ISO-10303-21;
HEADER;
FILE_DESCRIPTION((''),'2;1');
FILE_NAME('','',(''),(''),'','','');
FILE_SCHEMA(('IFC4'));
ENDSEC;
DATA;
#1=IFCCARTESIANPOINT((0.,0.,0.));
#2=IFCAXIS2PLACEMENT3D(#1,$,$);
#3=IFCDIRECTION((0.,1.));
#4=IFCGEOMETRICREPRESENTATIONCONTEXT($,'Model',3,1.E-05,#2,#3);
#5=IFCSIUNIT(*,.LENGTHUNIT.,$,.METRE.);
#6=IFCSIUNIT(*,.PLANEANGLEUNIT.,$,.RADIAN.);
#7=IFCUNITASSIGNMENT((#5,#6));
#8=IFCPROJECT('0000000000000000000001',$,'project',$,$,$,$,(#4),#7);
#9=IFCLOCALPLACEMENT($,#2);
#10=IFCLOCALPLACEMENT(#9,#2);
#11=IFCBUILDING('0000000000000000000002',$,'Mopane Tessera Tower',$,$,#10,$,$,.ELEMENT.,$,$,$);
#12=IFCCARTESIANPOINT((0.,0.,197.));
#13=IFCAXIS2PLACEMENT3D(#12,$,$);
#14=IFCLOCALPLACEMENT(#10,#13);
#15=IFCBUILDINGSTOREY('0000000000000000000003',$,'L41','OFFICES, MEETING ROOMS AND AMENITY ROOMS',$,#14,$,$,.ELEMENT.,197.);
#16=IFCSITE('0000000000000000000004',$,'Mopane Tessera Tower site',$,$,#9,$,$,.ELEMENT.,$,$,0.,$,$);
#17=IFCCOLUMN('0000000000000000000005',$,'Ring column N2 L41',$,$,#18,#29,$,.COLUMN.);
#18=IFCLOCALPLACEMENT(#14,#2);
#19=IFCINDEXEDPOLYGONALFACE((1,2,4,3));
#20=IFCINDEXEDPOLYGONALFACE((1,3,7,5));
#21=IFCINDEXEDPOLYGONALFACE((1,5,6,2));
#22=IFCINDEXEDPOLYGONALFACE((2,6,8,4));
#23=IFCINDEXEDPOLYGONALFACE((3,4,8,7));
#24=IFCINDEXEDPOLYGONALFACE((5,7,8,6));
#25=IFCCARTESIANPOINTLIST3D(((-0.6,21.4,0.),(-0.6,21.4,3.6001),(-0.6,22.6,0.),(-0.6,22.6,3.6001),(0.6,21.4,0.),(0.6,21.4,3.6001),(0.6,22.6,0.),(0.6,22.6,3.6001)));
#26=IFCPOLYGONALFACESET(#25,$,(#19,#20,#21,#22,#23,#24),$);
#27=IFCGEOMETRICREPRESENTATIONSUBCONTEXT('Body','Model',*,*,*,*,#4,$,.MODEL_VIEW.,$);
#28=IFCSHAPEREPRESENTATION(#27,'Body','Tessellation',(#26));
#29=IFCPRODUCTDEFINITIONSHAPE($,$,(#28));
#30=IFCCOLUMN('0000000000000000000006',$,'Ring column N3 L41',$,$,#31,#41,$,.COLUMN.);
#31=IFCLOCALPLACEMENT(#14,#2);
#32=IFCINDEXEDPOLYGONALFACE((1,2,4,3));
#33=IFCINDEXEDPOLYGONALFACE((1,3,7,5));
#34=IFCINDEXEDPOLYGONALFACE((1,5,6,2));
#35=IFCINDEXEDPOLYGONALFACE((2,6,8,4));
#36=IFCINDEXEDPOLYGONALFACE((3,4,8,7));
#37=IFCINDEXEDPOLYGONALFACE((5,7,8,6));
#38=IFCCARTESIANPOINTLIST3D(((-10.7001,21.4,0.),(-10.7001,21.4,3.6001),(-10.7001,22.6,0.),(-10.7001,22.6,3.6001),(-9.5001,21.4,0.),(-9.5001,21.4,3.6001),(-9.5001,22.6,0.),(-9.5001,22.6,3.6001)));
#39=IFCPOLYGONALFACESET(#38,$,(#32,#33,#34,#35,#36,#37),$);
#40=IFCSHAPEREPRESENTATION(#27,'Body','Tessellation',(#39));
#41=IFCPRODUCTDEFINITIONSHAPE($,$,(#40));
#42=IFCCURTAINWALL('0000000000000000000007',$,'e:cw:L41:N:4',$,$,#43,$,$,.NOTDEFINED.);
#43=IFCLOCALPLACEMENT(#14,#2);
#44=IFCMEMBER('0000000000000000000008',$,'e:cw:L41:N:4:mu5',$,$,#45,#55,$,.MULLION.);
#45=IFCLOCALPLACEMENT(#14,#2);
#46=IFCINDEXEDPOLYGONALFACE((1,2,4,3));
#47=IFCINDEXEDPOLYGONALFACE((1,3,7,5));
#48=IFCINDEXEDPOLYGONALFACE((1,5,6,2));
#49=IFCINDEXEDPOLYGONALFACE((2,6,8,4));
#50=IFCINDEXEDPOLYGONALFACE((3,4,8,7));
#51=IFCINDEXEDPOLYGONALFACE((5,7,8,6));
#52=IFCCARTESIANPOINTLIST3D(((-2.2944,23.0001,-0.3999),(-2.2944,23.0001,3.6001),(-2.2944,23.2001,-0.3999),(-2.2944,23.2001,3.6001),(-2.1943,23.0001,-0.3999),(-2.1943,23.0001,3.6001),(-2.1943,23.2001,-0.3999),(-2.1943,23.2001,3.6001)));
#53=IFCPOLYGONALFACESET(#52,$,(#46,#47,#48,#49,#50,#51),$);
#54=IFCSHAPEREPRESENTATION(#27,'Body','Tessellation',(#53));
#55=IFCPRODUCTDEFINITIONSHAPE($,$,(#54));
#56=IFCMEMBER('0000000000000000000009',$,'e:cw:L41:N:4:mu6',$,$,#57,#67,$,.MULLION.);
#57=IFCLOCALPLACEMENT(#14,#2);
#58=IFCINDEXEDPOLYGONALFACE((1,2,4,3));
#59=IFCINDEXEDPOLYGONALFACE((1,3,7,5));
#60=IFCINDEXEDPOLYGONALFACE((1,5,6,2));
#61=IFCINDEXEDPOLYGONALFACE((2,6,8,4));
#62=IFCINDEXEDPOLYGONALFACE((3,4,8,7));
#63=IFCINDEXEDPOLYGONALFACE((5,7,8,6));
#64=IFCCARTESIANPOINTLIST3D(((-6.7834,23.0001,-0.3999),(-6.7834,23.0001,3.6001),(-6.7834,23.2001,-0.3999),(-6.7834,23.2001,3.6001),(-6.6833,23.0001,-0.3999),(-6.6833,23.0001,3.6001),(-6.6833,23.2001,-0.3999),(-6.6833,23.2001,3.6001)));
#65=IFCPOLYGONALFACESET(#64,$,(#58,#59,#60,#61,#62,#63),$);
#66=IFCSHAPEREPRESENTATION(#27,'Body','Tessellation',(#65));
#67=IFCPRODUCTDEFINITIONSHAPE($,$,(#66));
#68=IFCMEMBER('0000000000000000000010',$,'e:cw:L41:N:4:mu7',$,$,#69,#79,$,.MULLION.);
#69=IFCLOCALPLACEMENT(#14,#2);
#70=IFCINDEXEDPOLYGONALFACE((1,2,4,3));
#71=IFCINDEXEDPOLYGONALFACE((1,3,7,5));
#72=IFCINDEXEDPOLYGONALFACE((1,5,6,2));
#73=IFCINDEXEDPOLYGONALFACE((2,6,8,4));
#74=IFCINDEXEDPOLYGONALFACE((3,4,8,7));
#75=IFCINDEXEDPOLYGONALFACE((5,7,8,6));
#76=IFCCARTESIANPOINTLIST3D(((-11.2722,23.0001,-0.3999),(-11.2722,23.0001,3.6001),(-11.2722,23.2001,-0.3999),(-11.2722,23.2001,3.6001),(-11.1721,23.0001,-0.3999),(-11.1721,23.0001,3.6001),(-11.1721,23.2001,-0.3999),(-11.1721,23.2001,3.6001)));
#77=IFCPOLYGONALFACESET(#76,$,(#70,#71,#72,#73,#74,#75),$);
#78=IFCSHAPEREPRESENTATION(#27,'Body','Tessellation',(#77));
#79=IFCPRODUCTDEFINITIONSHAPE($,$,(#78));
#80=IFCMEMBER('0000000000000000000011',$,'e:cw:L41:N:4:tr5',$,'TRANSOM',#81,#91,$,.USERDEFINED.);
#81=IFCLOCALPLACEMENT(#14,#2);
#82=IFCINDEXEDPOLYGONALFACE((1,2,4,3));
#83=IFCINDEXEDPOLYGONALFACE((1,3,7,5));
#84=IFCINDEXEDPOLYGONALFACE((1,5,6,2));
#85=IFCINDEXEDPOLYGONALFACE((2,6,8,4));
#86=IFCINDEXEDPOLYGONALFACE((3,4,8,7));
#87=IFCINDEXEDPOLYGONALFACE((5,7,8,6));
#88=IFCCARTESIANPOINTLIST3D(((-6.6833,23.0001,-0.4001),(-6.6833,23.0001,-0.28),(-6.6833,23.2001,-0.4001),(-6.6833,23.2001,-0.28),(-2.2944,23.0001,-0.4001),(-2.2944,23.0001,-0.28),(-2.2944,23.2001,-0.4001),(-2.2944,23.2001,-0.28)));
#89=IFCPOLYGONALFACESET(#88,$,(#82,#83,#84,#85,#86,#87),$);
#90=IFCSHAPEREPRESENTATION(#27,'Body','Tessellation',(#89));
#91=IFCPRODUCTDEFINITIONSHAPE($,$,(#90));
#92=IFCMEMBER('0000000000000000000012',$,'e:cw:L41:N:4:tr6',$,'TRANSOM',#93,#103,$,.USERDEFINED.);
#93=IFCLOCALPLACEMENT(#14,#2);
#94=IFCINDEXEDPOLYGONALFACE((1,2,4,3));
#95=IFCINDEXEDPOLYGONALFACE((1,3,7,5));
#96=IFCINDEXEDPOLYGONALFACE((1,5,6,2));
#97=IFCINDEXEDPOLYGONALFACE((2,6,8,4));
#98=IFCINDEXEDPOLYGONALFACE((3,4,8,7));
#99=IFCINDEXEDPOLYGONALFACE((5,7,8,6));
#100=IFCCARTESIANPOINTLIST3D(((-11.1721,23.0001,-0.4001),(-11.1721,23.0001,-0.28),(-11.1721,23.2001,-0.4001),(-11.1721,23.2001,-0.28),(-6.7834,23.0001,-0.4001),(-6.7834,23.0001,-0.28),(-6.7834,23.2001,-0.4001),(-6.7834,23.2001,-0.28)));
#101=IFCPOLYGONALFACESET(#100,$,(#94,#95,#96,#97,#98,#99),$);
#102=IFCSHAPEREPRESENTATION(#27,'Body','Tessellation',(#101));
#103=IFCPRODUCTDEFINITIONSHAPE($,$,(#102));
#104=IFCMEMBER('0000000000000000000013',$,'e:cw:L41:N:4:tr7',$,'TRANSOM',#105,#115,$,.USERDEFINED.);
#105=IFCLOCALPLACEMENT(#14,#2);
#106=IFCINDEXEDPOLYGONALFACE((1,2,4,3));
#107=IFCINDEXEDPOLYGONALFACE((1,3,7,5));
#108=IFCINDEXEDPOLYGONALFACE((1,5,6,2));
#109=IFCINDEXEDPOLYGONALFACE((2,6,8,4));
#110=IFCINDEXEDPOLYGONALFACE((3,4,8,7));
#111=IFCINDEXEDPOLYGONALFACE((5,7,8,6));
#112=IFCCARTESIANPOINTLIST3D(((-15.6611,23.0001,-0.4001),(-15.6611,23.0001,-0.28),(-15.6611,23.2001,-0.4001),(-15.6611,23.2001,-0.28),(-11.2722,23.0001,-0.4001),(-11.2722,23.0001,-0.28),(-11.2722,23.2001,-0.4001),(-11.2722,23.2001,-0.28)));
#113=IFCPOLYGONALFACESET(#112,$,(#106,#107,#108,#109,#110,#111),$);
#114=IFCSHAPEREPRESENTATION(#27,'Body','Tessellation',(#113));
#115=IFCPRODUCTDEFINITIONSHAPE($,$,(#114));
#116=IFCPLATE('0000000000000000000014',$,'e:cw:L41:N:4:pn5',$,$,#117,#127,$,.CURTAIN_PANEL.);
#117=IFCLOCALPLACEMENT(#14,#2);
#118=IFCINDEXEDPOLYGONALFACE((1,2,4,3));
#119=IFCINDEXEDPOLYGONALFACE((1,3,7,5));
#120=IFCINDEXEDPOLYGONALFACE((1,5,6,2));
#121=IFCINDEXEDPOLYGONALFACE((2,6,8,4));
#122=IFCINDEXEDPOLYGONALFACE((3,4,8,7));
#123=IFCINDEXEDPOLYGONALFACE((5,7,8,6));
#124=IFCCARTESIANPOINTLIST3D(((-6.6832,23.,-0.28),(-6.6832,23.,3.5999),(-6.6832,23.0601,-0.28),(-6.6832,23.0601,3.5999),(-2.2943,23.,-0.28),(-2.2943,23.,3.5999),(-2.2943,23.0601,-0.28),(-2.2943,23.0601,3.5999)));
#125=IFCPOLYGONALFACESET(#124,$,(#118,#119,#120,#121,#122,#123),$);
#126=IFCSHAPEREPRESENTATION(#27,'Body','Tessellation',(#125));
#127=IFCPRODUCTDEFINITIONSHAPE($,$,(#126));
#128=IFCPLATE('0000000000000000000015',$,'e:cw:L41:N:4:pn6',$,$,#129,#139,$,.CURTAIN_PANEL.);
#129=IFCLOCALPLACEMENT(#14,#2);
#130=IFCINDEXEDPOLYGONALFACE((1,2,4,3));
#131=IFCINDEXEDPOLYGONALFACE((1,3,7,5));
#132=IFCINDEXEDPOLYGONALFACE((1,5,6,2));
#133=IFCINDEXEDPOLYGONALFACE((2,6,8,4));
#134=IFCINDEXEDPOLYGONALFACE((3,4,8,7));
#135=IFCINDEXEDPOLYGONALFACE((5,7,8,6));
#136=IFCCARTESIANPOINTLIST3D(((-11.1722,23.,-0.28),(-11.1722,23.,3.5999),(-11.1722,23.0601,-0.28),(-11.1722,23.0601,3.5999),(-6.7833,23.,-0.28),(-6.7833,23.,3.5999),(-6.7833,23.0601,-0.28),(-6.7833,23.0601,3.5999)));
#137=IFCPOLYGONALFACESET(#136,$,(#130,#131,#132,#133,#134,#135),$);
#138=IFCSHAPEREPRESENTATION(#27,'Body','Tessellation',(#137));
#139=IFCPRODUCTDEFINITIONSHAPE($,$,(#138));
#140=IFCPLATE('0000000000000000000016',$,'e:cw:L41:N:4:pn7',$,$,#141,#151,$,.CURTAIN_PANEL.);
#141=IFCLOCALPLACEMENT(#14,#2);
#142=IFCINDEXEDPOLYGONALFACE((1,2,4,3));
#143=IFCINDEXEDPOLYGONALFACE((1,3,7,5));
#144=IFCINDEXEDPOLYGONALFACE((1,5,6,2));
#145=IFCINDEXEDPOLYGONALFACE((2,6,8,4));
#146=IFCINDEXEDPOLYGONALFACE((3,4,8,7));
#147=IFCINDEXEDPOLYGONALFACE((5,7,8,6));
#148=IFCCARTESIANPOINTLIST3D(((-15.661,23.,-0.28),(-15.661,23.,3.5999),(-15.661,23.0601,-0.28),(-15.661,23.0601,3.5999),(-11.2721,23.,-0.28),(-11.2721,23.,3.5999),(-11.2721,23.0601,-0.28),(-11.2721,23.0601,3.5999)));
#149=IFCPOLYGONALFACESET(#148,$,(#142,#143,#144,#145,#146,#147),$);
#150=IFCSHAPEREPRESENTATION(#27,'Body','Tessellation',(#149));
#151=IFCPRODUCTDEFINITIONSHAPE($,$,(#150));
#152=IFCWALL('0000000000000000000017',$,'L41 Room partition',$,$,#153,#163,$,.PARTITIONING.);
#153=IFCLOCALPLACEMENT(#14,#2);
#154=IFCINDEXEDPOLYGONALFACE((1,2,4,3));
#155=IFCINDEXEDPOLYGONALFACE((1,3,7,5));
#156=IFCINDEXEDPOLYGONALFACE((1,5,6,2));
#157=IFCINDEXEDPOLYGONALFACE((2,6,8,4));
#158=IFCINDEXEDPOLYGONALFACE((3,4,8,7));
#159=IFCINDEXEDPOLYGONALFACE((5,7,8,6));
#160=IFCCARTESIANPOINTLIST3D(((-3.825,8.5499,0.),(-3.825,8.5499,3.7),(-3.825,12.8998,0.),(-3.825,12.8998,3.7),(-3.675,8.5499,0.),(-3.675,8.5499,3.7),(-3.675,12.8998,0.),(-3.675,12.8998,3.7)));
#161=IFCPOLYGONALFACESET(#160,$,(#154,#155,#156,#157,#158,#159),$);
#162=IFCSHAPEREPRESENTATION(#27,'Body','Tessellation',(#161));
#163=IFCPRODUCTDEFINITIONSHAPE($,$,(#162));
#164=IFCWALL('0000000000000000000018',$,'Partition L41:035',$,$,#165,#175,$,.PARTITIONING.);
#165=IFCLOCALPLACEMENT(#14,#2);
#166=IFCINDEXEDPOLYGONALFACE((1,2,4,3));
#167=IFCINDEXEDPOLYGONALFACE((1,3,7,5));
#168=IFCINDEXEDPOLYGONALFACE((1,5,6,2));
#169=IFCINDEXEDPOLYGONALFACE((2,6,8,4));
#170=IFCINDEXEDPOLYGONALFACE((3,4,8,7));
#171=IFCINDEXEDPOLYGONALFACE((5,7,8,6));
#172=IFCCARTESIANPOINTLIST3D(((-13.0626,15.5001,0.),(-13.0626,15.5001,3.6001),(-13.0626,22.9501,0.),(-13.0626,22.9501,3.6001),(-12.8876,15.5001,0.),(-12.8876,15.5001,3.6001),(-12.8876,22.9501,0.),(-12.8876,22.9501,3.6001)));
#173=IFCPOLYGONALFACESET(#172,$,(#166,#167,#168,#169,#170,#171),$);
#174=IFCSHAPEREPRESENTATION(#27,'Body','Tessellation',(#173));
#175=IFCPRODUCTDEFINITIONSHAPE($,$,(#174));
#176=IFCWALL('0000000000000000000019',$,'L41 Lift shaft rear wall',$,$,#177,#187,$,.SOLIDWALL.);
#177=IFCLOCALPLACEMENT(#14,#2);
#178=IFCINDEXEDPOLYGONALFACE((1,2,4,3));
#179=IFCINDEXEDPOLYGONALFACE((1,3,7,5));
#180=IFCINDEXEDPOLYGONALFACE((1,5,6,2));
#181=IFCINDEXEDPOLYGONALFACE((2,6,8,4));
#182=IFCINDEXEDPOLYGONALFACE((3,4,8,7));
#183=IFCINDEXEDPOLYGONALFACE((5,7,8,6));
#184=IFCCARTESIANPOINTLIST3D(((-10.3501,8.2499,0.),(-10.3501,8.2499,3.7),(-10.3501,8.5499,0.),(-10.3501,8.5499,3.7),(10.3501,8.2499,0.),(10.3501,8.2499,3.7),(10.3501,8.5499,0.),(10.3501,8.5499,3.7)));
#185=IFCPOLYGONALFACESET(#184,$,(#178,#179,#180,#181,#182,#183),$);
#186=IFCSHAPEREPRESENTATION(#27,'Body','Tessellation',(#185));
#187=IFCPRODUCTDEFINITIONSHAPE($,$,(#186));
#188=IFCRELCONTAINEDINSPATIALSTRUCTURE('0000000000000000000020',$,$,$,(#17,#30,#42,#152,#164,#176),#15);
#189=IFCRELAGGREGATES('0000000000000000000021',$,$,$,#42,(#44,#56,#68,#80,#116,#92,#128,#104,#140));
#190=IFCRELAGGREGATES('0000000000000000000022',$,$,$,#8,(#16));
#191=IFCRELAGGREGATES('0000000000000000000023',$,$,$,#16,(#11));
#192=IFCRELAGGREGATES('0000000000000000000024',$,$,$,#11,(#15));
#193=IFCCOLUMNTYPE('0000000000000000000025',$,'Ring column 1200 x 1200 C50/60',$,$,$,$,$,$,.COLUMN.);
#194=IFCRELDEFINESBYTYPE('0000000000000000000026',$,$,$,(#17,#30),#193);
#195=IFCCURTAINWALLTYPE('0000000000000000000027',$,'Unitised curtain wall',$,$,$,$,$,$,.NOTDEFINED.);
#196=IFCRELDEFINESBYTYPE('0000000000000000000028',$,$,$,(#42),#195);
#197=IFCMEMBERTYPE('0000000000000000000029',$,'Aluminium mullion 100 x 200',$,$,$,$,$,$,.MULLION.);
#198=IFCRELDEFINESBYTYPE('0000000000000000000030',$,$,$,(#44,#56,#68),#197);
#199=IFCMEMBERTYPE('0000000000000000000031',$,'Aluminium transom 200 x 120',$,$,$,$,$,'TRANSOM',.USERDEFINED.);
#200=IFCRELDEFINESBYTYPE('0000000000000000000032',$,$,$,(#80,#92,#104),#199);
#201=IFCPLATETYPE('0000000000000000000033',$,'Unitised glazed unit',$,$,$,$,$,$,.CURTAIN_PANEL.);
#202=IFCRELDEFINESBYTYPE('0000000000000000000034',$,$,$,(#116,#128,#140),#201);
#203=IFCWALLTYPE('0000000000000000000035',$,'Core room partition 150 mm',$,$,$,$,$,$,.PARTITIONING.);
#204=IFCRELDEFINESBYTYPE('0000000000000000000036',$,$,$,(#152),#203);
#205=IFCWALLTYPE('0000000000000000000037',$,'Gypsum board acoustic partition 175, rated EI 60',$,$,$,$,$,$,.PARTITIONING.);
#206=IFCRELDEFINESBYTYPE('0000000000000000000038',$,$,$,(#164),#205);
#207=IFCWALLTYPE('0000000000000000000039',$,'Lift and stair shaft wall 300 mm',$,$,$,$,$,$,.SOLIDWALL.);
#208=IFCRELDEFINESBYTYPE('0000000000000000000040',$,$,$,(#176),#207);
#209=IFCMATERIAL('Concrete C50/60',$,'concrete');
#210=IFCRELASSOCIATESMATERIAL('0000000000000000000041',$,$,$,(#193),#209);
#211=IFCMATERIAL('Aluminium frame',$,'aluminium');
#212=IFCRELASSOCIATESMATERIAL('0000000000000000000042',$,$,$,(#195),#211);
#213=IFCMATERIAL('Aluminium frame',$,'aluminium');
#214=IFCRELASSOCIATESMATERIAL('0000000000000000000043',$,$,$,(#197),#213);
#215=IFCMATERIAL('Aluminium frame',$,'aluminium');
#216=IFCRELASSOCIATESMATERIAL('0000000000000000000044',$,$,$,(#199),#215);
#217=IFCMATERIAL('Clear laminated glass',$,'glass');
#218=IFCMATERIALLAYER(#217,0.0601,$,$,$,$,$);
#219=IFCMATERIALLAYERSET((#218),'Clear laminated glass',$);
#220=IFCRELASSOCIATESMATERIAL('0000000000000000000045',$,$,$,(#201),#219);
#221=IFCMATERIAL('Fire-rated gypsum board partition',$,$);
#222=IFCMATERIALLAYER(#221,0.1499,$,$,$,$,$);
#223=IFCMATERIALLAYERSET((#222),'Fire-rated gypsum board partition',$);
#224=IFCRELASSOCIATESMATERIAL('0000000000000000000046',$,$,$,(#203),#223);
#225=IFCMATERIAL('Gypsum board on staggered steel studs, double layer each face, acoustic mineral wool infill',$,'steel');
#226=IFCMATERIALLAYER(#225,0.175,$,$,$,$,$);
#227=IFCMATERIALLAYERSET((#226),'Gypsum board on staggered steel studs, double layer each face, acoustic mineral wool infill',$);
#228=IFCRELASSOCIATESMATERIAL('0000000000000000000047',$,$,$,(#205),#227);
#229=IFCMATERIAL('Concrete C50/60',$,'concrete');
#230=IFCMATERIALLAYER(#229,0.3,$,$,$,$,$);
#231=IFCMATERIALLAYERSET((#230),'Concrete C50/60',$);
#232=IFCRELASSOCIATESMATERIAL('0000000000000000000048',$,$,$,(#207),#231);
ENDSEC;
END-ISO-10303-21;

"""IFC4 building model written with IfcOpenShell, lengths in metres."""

from ifc_helpers import new_model, si_unit, direction, frame, frame_2d, origin, origin_2d, place, context, subcontext, project, spatial, rectangle, extrude, material, layer, layer_set, material_profile, profile_set, type_object, element, aggregate, save


model = new_model("IFC4")

# Units and contexts
model_context = context("Model", 3, precision=1e-05, world=origin(), true_north=direction((0.0, 1.0)))
body_context = subcontext(model_context, "Body", "Model", "MODEL_VIEW")
ifc_project = project(units=[si_unit("LENGTHUNIT", "METRE"), si_unit("PLANEANGLEUNIT", "RADIAN")], contexts=[model_context])

# Site, building, storey
site_placement = place(None, origin())
site = spatial("IfcSite", under=ifc_project, at=site_placement, Name="Mopane Tessera Tower site", CompositionType="ELEMENT", RefElevation=0.0)
building_placement = place(site_placement, origin())
building = spatial("IfcBuilding", under=site, at=building_placement, Name="Mopane Tessera Tower", CompositionType="ELEMENT")
storey_placement = place(building_placement, frame((0.0, 0.0, 197.0)))
storey = spatial("IfcBuildingStorey", under=building, at=storey_placement, Name="L41", Description="OFFICES, MEETING ROOMS AND AMENITY ROOMS", CompositionType="ELEMENT", Elevation=197.0)

# Columns
ifc_material_1 = material(Name="Concrete C50/60", Category="concrete")
ifc_material_profile_1 = material_profile(ifc_material_1, rectangle(XDim=1.2, YDim=1.2, at=origin_2d()))
ifc_profile_set_1 = profile_set([ifc_material_profile_1], Name="Concrete C50/60")
column_type = type_object("IfcColumnType", Name="Ring column 1200 x 1200 C50/60", PredefinedType="COLUMN", material=ifc_profile_set_1)
for number, where, z_axis, x_axis, name in (
    (1, (0.0, 22.0, 0.0), (0.0, 0.0, 1.0), (1.0, 0.0, 0.0), "Ring column N2 L41"),
    (2, (-10.1001, 22.0, 0.0), (0.0, 0.0, 1.0), (1.0, 0.0, 0.0), "Ring column N3 L41"),
):
    element("IfcColumn", number, at=place(storey_placement, frame(where, z_axis=z_axis, x_axis=x_axis)), inside=storey, type_object=column_type, Name=name, PredefinedType="COLUMN", context=body_context, shape_type="SweptSolid", body=[
        extrude(rectangle(XDim=1.2, YDim=1.2, at=origin_2d()), origin(), (0.0, 0.0, 1.0), 3.6001),
    ])

# Curtain wall, members, plates
ifc_material_2 = material(Name="Aluminium frame", Category="aluminium")
curtain_wall_type = type_object("IfcCurtainWallType", Name="Unitised curtain wall", PredefinedType="NOTDEFINED", material=ifc_material_2)
curtain_wall_placement = place(storey_placement, origin())
curtain_wall = element("IfcCurtainWall", 3, at=curtain_wall_placement, inside=storey, type_object=curtain_wall_type, Name="e:cw:L41:N:4", PredefinedType="NOTDEFINED")
ifc_material_3 = material(Name="Aluminium frame", Category="aluminium")
ifc_material_profile_2 = material_profile(ifc_material_3, rectangle(XDim=0.1001, YDim=0.2, at=origin_2d()))
ifc_profile_set_2 = profile_set([ifc_material_profile_2], Name="Aluminium frame")
member_type_1 = type_object("IfcMemberType", Name="Aluminium mullion 100 x 200", PredefinedType="MULLION", material=ifc_profile_set_2)
member_1_placement = place(storey_placement, frame((-2.2444, 23.1001, -0.3999), z_axis=(0.0, 0.0, 1.0), x_axis=(-1.0, 0.0, 0.0)))
member_1 = element("IfcMember", 4, at=member_1_placement, type_object=member_type_1, Name="e:cw:L41:N:4:mu5", PredefinedType="MULLION", context=body_context, shape_type="SweptSolid", body=[
    extrude(rectangle(XDim=0.1001, YDim=0.2, at=origin_2d()), origin(), (0.0, 0.0, 1.0), 4.0),
])
member_2_placement = place(storey_placement, frame((-6.7334, 23.1001, -0.3999), z_axis=(0.0, 0.0, 1.0), x_axis=(-1.0, 0.0, 0.0)))
member_2 = element("IfcMember", 5, at=member_2_placement, type_object=member_type_1, Name="e:cw:L41:N:4:mu6", PredefinedType="MULLION", context=body_context, shape_type="SweptSolid", body=[
    extrude(rectangle(XDim=0.1001, YDim=0.2, at=origin_2d()), origin(), (0.0, 0.0, 1.0), 4.0),
])
member_3_placement = place(storey_placement, frame((-11.2222, 23.1001, -0.3999), z_axis=(0.0, 0.0, 1.0), x_axis=(-1.0, 0.0, 0.0)))
member_3 = element("IfcMember", 6, at=member_3_placement, type_object=member_type_1, Name="e:cw:L41:N:4:mu7", PredefinedType="MULLION", context=body_context, shape_type="SweptSolid", body=[
    extrude(rectangle(XDim=0.1001, YDim=0.2, at=origin_2d()), origin(), (0.0, 0.0, 1.0), 4.0),
])
ifc_material_4 = material(Name="Aluminium frame", Category="aluminium")
ifc_material_profile_3 = material_profile(ifc_material_4, rectangle(XDim=0.2, YDim=0.1201, at=origin_2d()))
ifc_profile_set_3 = profile_set([ifc_material_profile_3], Name="Aluminium frame")
member_type_2 = type_object("IfcMemberType", Name="Aluminium transom 200 x 120", ElementType="TRANSOM", PredefinedType="USERDEFINED", material=ifc_profile_set_3)
member_4_placement = place(storey_placement, frame((-2.2944, 23.1001, -0.3401), z_axis=(-1.0, 0.0, 0.0), x_axis=(0.0, -1.0, 0.0)))
member_4 = element("IfcMember", 7, at=member_4_placement, type_object=member_type_2, Name="e:cw:L41:N:4:tr5", ObjectType="TRANSOM", PredefinedType="USERDEFINED", context=body_context, shape_type="SweptSolid", body=[
    extrude(rectangle(XDim=0.2, YDim=0.1201, at=origin_2d()), origin(), (0.0, 0.0, 1.0), 4.3889),
])
member_5_placement = place(storey_placement, frame((-6.7834, 23.1001, -0.3401), z_axis=(-1.0, 0.0, 0.0), x_axis=(0.0, -1.0, 0.0)))
member_5 = element("IfcMember", 8, at=member_5_placement, type_object=member_type_2, Name="e:cw:L41:N:4:tr6", ObjectType="TRANSOM", PredefinedType="USERDEFINED", context=body_context, shape_type="SweptSolid", body=[
    extrude(rectangle(XDim=0.2, YDim=0.1201, at=origin_2d()), origin(), (0.0, 0.0, 1.0), 4.3887),
])
member_6_placement = place(storey_placement, frame((-11.2722, 23.1001, -0.3401), z_axis=(-1.0, 0.0, 0.0), x_axis=(0.0, -1.0, 0.0)))
member_6 = element("IfcMember", 9, at=member_6_placement, type_object=member_type_2, Name="e:cw:L41:N:4:tr7", ObjectType="TRANSOM", PredefinedType="USERDEFINED", context=body_context, shape_type="SweptSolid", body=[
    extrude(rectangle(XDim=0.2, YDim=0.1201, at=origin_2d()), origin(), (0.0, 0.0, 1.0), 4.3889),
])
ifc_material_5 = material(Name="Clear laminated glass", Category="glass")
ifc_layer_1 = layer(ifc_material_5, 0.0601)
ifc_layer_set_1 = layer_set([ifc_layer_1], Name="Clear laminated glass")
plate_type = type_object("IfcPlateType", Name="Unitised glazed unit", PredefinedType="CURTAIN_PANEL", material=ifc_layer_set_1)
plate_1_placement = place(storey_placement, frame((-4.4888, 23.03, -0.28), z_axis=(0.0, 0.0, 1.0), x_axis=(-1.0, 0.0, 0.0)))
plate_1 = element("IfcPlate", 10, at=plate_1_placement, type_object=plate_type, Name="e:cw:L41:N:4:pn5", PredefinedType="CURTAIN_PANEL", context=body_context, shape_type="SweptSolid", body=[
    extrude(rectangle(XDim=4.3889, YDim=0.0601, at=origin_2d()), origin(), (0.0, 0.0, 1.0), 3.8799),
])
plate_2_placement = place(storey_placement, frame((-8.9778, 23.03, -0.28), z_axis=(0.0, 0.0, 1.0), x_axis=(-1.0, 0.0, 0.0)))
plate_2 = element("IfcPlate", 11, at=plate_2_placement, type_object=plate_type, Name="e:cw:L41:N:4:pn6", PredefinedType="CURTAIN_PANEL", context=body_context, shape_type="SweptSolid", body=[
    extrude(rectangle(XDim=4.3889, YDim=0.0601, at=origin_2d()), origin(), (0.0, 0.0, 1.0), 3.8799),
])
plate_3_placement = place(storey_placement, frame((-13.4666, 23.03, -0.28), z_axis=(0.0, 0.0, 1.0), x_axis=(-1.0, 0.0, 0.0)))
plate_3 = element("IfcPlate", 12, at=plate_3_placement, type_object=plate_type, Name="e:cw:L41:N:4:pn7", PredefinedType="CURTAIN_PANEL", context=body_context, shape_type="SweptSolid", body=[
    extrude(rectangle(XDim=4.3889, YDim=0.0601, at=origin_2d()), origin(), (0.0, 0.0, 1.0), 3.8799),
])
aggregate(curtain_wall, [member_1, member_2, member_3, member_4, plate_1, member_5, plate_2, member_6, plate_3])

# Walls
ifc_material_6 = material(Name="Fire-rated gypsum board partition")
ifc_layer_2 = layer(ifc_material_6, 0.1499)
ifc_layer_set_2 = layer_set([ifc_layer_2], Name="Fire-rated gypsum board partition")
wall_type_1 = type_object("IfcWallType", Name="Core room partition 150 mm", PredefinedType="PARTITIONING", material=ifc_layer_set_2)
wall_1_placement = place(storey_placement, frame((-3.75, 8.55, 0.0), z_axis=(0.0, 0.0, 1.0), x_axis=(0.0, 1.0, 0.0)))
element("IfcWall", 13, at=wall_1_placement, inside=storey, type_object=wall_type_1, Name="L41 Room partition", PredefinedType="PARTITIONING", context=body_context, shape_type="SweptSolid", body=[
    extrude(rectangle(XDim=4.3499, YDim=0.1499, at=frame_2d((2.1748, 0.0))), origin(), (0.0, 0.0, 1.0), 3.7),
])
ifc_material_7 = material(Name="Gypsum board on staggered steel studs, double layer each face, acoustic mineral wool infill", Category="steel")
ifc_layer_3 = layer(ifc_material_7, 0.175)
ifc_layer_set_3 = layer_set([ifc_layer_3], Name="Gypsum board on staggered steel studs, double layer each face, acoustic mineral wool infill")
wall_type_2 = type_object("IfcWallType", Name="Gypsum board acoustic partition 175, rated EI 60", PredefinedType="PARTITIONING", material=ifc_layer_set_3)
wall_2_placement = place(storey_placement, frame((-12.9751, 15.5, 0.0), z_axis=(0.0, 0.0, 1.0), x_axis=(0.0, 1.0, 0.0)))
element("IfcWall", 14, at=wall_2_placement, inside=storey, type_object=wall_type_2, Name="Partition L41:035", PredefinedType="PARTITIONING", context=body_context, shape_type="SweptSolid", body=[
    extrude(rectangle(XDim=7.45, YDim=0.175, at=frame_2d((3.7251, 0.0))), origin(), (0.0, 0.0, 1.0), 3.6001),
])
ifc_material_8 = material(Name="Concrete C50/60", Category="concrete")
ifc_layer_4 = layer(ifc_material_8, 0.3)
ifc_layer_set_4 = layer_set([ifc_layer_4], Name="Concrete C50/60")
wall_type_3 = type_object("IfcWallType", Name="Lift and stair shaft wall 300 mm", PredefinedType="SOLIDWALL", material=ifc_layer_set_4)
wall_3_placement = place(storey_placement, frame((-10.3501, 8.3999, 0.0), z_axis=(0.0, 0.0, 1.0), x_axis=(1.0, 0.0, 0.0)))
element("IfcWall", 15, at=wall_3_placement, inside=storey, type_object=wall_type_3, Name="L41 Lift shaft rear wall", PredefinedType="SOLIDWALL", context=body_context, shape_type="SweptSolid", body=[
    extrude(rectangle(XDim=20.7002, YDim=0.3, at=frame_2d((10.3501, 0.0))), origin(), (0.0, 0.0, 1.0), 3.7),
])

save(model, "model.ifc")
